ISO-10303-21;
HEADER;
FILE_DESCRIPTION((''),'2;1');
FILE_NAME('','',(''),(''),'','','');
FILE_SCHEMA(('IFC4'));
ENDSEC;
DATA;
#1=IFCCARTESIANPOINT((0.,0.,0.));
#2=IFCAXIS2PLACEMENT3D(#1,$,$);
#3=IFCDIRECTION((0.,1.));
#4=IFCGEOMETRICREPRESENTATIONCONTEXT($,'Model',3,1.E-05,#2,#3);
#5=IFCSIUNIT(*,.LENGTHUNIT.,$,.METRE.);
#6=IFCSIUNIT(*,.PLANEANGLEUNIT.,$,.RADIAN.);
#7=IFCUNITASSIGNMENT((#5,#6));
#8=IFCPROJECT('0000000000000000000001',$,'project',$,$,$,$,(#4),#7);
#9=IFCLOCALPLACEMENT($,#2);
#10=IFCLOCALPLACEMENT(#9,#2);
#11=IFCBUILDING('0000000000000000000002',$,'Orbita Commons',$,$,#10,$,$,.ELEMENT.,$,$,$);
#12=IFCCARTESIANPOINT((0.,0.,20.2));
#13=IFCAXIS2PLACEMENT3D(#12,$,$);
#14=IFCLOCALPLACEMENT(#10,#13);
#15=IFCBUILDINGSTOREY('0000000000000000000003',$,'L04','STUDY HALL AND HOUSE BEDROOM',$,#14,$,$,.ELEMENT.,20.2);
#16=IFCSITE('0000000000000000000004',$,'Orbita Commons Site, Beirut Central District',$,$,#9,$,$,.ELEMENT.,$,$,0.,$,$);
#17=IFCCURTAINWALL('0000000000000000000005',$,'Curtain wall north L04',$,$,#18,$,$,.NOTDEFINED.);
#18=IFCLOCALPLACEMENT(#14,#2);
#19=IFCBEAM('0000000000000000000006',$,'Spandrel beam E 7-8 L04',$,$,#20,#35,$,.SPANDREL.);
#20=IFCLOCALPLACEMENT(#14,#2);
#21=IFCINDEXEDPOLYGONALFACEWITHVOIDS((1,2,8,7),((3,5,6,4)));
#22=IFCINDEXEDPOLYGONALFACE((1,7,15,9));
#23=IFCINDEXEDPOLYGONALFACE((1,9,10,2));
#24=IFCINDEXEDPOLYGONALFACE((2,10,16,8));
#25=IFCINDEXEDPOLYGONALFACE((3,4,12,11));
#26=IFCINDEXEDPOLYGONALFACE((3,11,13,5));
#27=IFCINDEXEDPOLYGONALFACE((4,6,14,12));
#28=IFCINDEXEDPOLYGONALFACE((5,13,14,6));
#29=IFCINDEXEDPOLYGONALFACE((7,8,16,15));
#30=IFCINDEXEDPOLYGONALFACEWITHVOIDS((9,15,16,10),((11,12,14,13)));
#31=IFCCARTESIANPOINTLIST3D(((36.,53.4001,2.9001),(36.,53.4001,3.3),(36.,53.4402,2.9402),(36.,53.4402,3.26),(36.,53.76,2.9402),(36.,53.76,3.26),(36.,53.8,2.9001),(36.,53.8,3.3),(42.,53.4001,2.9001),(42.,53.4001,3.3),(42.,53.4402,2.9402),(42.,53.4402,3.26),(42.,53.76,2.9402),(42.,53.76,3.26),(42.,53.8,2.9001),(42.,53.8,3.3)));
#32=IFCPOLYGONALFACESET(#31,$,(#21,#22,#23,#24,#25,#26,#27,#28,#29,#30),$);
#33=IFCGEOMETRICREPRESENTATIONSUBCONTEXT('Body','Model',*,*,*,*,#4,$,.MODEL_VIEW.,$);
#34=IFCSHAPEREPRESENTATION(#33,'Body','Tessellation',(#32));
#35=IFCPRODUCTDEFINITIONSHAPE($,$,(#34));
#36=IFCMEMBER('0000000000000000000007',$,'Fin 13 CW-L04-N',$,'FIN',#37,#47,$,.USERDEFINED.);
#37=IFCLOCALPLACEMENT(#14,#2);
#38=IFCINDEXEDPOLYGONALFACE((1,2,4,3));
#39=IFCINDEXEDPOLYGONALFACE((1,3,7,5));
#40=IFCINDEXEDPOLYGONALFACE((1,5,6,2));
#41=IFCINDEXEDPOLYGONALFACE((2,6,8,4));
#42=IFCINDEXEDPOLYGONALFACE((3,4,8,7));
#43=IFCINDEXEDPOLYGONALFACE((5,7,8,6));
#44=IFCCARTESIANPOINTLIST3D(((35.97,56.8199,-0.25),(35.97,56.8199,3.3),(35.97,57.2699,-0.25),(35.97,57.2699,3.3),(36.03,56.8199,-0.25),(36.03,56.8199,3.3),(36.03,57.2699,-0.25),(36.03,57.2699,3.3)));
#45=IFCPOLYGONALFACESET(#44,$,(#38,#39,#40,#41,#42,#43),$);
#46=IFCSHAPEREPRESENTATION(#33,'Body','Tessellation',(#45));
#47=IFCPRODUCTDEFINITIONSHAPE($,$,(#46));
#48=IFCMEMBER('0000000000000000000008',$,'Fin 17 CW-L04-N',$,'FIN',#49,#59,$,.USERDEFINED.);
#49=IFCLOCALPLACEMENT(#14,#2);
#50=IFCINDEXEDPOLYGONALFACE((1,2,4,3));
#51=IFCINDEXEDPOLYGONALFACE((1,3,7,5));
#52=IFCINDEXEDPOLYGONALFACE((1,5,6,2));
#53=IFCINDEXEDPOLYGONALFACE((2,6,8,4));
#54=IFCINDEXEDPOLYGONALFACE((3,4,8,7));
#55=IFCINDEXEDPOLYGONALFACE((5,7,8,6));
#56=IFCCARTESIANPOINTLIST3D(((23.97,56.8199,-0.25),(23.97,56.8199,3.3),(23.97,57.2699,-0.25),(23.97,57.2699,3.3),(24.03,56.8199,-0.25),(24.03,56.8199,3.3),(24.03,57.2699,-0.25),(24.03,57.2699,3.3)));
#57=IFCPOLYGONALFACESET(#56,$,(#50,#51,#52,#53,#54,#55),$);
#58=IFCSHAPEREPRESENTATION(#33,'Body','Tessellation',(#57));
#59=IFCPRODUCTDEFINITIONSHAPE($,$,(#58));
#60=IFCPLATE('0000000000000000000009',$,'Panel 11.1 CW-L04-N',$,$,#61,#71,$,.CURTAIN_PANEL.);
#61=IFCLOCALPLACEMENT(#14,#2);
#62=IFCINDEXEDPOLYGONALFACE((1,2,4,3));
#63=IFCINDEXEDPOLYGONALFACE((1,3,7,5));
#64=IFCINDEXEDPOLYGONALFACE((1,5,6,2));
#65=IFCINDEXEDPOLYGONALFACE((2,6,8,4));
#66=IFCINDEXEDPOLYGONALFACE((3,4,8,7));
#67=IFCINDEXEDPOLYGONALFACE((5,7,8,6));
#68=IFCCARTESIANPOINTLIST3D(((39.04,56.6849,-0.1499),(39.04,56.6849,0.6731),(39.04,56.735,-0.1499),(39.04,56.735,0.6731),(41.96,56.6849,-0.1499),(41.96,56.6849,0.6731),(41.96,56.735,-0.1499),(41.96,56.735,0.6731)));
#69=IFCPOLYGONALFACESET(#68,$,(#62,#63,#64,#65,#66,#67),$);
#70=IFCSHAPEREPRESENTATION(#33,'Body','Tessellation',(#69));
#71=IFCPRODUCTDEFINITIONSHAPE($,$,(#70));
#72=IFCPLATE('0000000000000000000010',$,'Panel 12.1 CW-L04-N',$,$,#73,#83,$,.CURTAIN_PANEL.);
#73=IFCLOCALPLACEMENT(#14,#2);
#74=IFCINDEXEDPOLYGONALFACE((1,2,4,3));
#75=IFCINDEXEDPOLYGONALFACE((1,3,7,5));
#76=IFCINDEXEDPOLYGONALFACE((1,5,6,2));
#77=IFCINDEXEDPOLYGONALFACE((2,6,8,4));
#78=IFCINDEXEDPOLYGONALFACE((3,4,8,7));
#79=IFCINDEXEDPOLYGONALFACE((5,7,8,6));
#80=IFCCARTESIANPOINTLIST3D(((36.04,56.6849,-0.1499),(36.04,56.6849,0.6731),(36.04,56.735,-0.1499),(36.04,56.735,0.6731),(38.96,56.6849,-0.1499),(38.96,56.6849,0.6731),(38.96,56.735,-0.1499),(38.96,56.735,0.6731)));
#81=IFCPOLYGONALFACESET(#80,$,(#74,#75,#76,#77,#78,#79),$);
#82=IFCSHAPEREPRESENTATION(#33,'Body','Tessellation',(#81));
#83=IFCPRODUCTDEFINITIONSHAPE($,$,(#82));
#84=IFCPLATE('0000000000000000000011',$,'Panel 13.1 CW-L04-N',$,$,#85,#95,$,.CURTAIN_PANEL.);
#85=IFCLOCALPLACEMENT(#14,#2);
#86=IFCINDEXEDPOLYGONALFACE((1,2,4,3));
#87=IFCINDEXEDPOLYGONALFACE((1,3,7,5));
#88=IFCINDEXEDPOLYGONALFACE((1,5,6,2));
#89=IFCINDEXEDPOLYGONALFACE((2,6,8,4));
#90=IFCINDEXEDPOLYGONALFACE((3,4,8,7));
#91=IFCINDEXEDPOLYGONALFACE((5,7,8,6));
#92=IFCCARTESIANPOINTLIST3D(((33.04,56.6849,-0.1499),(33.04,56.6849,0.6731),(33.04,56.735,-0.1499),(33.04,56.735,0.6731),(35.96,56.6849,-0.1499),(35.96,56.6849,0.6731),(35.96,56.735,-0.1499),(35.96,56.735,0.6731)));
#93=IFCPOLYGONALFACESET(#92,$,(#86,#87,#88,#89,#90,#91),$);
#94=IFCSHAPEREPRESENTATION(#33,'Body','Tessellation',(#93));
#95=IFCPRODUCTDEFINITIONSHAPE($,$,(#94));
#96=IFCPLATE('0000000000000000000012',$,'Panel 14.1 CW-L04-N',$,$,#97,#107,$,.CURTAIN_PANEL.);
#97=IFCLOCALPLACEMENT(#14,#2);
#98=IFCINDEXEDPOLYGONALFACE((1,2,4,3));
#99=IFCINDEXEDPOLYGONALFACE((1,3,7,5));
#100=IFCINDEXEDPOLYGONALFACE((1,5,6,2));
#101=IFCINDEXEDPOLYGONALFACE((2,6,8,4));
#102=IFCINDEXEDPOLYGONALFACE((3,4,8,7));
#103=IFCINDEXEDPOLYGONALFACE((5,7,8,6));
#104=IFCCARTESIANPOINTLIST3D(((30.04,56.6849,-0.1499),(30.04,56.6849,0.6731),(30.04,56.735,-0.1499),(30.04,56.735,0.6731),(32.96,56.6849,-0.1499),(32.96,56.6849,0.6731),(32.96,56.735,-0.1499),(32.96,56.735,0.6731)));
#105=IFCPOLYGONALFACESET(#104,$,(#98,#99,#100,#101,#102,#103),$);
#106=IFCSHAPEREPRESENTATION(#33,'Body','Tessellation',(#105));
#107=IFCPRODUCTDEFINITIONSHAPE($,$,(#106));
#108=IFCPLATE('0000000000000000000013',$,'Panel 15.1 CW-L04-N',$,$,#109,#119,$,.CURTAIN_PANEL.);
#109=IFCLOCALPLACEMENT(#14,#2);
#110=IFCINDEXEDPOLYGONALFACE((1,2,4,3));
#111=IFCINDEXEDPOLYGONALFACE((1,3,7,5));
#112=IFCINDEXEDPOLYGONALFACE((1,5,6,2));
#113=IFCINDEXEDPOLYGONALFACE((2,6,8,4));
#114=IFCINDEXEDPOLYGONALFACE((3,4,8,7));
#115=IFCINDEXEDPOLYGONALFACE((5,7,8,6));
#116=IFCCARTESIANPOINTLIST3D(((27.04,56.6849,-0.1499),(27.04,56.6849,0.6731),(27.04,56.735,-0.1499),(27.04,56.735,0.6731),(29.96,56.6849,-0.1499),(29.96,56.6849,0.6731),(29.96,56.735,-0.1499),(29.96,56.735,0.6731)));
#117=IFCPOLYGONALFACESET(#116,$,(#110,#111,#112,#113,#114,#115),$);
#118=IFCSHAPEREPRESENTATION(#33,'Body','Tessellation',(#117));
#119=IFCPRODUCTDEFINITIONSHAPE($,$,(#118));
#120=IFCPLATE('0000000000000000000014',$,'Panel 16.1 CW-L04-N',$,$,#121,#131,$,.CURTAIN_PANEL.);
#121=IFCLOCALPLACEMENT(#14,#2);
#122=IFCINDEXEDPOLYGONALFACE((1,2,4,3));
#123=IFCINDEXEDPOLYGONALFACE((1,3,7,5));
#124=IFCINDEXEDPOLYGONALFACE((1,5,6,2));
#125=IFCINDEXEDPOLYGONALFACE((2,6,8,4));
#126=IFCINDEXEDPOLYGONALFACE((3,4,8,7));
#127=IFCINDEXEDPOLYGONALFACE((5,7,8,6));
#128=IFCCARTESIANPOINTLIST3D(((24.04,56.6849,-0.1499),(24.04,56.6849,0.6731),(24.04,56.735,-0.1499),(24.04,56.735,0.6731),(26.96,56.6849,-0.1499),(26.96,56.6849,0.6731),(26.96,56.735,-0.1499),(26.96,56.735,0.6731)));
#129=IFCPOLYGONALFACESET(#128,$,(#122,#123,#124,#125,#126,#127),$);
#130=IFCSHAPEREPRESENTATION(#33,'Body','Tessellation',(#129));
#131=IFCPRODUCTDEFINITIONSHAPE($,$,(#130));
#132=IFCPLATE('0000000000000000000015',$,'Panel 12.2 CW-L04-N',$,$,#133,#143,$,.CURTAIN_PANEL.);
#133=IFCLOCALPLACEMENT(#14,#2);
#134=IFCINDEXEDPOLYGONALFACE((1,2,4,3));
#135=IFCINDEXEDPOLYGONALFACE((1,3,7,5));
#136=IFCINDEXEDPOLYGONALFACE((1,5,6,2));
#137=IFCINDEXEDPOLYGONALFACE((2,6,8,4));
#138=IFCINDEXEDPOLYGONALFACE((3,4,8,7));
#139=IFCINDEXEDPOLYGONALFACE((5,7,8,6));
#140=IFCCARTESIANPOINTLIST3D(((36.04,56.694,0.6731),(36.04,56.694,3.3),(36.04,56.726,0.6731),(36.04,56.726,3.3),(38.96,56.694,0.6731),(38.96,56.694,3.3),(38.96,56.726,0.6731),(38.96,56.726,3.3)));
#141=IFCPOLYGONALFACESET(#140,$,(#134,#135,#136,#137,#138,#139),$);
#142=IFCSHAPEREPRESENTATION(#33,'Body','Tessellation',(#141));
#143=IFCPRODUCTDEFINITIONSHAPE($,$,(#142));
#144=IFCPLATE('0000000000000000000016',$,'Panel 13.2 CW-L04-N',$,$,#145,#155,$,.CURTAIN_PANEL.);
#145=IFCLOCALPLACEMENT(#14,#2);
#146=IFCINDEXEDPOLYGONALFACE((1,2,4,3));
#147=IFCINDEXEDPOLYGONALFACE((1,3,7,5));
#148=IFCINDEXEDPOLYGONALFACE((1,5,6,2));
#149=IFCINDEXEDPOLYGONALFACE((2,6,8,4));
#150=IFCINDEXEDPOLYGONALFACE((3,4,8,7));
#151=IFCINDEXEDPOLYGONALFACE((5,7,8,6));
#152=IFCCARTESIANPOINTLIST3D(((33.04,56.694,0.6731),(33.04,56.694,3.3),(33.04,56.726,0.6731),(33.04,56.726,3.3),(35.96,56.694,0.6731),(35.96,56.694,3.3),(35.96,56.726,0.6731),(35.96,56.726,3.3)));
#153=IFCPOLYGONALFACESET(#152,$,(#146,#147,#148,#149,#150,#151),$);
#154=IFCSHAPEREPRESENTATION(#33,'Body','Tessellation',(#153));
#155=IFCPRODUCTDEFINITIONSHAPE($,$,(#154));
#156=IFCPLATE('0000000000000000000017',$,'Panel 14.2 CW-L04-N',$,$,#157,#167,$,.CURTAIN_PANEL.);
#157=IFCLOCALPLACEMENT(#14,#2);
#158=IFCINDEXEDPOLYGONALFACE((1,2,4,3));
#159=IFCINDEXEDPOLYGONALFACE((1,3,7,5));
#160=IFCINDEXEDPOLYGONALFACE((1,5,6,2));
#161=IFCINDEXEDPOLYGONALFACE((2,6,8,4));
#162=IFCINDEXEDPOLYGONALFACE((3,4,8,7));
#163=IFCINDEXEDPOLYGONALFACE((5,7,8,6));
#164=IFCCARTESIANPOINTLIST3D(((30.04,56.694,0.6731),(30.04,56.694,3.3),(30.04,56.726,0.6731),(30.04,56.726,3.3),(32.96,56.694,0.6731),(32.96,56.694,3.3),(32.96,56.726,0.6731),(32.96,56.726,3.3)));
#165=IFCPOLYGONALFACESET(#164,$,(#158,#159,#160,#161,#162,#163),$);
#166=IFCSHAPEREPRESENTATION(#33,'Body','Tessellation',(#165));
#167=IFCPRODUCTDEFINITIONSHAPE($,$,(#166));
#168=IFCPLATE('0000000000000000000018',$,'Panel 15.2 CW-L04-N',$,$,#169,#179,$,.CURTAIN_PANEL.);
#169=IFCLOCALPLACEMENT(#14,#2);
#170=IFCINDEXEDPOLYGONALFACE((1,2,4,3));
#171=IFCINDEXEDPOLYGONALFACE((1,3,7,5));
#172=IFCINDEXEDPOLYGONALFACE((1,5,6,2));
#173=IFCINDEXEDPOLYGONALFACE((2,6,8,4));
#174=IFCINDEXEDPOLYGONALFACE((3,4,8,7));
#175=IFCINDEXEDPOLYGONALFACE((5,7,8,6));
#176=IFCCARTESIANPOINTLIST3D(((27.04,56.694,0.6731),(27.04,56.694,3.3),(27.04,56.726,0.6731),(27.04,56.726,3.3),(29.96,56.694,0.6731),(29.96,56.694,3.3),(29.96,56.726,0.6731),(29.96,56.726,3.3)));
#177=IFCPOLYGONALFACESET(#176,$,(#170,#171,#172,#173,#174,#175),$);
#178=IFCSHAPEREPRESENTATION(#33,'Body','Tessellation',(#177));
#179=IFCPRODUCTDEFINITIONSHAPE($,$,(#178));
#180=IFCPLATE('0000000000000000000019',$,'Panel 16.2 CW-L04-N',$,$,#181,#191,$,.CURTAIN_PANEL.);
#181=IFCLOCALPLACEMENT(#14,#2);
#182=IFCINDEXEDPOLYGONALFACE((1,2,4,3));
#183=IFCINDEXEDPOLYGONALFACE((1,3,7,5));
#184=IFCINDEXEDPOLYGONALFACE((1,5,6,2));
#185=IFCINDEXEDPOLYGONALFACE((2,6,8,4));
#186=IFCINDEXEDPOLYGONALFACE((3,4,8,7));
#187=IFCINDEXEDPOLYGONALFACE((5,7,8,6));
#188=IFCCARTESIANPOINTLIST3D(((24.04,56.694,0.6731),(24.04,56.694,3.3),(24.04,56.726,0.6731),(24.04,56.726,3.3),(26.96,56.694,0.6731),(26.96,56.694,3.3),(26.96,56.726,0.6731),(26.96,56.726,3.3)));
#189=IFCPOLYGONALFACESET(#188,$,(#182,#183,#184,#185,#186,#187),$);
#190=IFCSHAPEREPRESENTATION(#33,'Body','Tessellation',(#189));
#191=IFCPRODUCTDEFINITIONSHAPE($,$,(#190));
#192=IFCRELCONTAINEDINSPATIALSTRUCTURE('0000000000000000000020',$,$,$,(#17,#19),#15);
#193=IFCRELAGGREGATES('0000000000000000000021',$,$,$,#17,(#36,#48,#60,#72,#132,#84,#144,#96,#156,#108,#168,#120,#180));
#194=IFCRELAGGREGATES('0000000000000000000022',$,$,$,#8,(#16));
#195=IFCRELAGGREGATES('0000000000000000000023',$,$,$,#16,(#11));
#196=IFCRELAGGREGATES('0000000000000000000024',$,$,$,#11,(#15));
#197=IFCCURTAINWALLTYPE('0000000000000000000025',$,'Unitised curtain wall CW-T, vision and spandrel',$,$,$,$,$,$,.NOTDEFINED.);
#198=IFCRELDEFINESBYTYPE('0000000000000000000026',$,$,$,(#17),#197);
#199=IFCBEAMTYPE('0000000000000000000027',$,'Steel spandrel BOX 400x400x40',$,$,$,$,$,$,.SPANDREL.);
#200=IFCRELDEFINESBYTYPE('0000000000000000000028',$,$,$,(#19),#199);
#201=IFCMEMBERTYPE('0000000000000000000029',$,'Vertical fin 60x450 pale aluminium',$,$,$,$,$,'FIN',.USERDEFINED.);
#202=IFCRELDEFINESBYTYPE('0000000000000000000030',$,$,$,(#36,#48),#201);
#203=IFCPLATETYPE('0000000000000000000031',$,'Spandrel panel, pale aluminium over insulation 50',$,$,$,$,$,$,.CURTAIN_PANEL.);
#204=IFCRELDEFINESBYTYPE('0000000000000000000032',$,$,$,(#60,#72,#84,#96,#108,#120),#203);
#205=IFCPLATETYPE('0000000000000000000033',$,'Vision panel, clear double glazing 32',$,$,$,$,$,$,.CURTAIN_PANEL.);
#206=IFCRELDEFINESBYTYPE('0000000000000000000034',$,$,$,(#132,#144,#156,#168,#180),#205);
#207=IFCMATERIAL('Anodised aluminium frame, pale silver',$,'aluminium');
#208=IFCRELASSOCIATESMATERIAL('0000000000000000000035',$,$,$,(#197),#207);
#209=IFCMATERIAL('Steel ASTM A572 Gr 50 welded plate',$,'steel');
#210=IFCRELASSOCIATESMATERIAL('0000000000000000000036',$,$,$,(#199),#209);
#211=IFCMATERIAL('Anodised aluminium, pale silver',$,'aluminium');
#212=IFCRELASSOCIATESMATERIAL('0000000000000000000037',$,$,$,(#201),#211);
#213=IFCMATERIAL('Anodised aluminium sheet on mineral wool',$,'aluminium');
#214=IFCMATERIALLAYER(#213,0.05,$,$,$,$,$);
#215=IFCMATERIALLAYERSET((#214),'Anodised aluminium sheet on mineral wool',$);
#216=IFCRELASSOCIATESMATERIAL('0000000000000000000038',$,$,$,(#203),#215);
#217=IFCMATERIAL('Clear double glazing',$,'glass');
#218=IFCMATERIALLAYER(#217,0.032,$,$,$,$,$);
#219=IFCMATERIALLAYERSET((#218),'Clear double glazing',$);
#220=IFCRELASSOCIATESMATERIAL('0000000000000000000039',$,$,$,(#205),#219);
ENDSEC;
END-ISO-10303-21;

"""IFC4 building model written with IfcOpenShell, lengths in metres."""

from ifc_helpers import new_model, si_unit, direction, frame, origin, origin_2d, place, context, subcontext, project, spatial, rectangle, hollow_rectangle, extrude, material, layer, layer_set, material_profile, profile_set, type_object, element, aggregate, save


model = new_model("IFC4")

# Units and contexts
model_context = context("Model", 3, precision=1e-05, world=origin(), true_north=direction((0.0, 1.0)))
body_context = subcontext(model_context, "Body", "Model", "MODEL_VIEW")
ifc_project = project(units=[si_unit("LENGTHUNIT", "METRE"), si_unit("PLANEANGLEUNIT", "RADIAN")], contexts=[model_context])

# Site, building, storey
site_placement = place(None, origin())
site = spatial("IfcSite", under=ifc_project, at=site_placement, Name="Orbita Commons Site, Beirut Central District", CompositionType="ELEMENT", RefElevation=0.0)
building_placement = place(site_placement, origin())
building = spatial("IfcBuilding", under=site, at=building_placement, Name="Orbita Commons", CompositionType="ELEMENT")
storey_placement = place(building_placement, frame((0.0, 0.0, 20.2)))
storey = spatial("IfcBuildingStorey", under=building, at=storey_placement, Name="L04", Description="STUDY HALL AND HOUSE BEDROOM", CompositionType="ELEMENT", Elevation=20.2)

# Curtain wall
ifc_material_1 = material(Name="Anodised aluminium frame, pale silver", Category="aluminium")
curtain_wall_type = type_object("IfcCurtainWallType", Name="Unitised curtain wall CW-T, vision and spandrel", PredefinedType="NOTDEFINED", material=ifc_material_1)
curtain_wall_placement = place(storey_placement, origin())
curtain_wall = element("IfcCurtainWall", 1, at=curtain_wall_placement, inside=storey, type_object=curtain_wall_type, Name="Curtain wall north L04", PredefinedType="NOTDEFINED")

# Beam
ifc_material_2 = material(Name="Steel ASTM A572 Gr 50 welded plate", Category="steel")
ifc_material_profile_1 = material_profile(ifc_material_2, hollow_rectangle(XDim=0.3999, YDim=0.3999, WallThickness=0.04, at=origin_2d()), Name="BOX 400x400x40")
ifc_profile_set_1 = profile_set([ifc_material_profile_1], Name="Steel ASTM A572 Gr 50 welded plate")
beam_type = type_object("IfcBeamType", Name="Steel spandrel BOX 400x400x40", PredefinedType="SPANDREL", material=ifc_profile_set_1)
for number, where, z_axis, x_axis, name in (
    (2, (36.0, 53.6001, 3.1001), (1.0, 0.0, 0.0), (0.0, 1.0, 0.0), "Spandrel beam E 7-8 L04"),
):
    element("IfcBeam", number, at=place(storey_placement, frame(where, z_axis=z_axis, x_axis=x_axis)), inside=storey, type_object=beam_type, Name=name, PredefinedType="SPANDREL", context=body_context, shape_type="SweptSolid", body=[
        extrude(hollow_rectangle(XDim=0.3999, YDim=0.3999, WallThickness=0.04, at=origin_2d()), origin(), (0.0, 0.0, 1.0), 6.0),
    ])

# Members
ifc_material_3 = material(Name="Anodised aluminium, pale silver", Category="aluminium")
ifc_material_profile_2 = material_profile(ifc_material_3, rectangle(XDim=0.0601, YDim=0.45, at=origin_2d()), Name="FIN 60x450")
ifc_profile_set_2 = profile_set([ifc_material_profile_2], Name="Anodised aluminium, pale silver")
member_type_1 = type_object("IfcMemberType", Name="Vertical fin 60x450 pale aluminium", ElementType="FIN", PredefinedType="USERDEFINED", material=ifc_profile_set_2)
member_1_placement = place(storey_placement, frame((36.0, 57.0449, -0.25), z_axis=(0.0, 0.0, 1.0), x_axis=(-1.0, 0.0, 0.0)))
member_1 = element("IfcMember", 3, at=member_1_placement, type_object=member_type_1, Name="Fin 13 CW-L04-N", ObjectType="FIN", PredefinedType="USERDEFINED", context=body_context, shape_type="SweptSolid", body=[
    extrude(rectangle(XDim=0.0601, YDim=0.45, at=origin_2d()), origin(), (0.0, 0.0, 1.0), 3.55),
])
member_2_placement = place(storey_placement, frame((24.0, 57.0449, -0.25), z_axis=(0.0, 0.0, 1.0), x_axis=(-1.0, 0.0, 0.0)))
member_2 = element("IfcMember", 4, at=member_2_placement, type_object=member_type_1, Name="Fin 17 CW-L04-N", ObjectType="FIN", PredefinedType="USERDEFINED", context=body_context, shape_type="SweptSolid", body=[
    extrude(rectangle(XDim=0.0601, YDim=0.45, at=origin_2d()), origin(), (0.0, 0.0, 1.0), 3.55),
])

# Plates
ifc_material_4 = material(Name="Anodised aluminium sheet on mineral wool", Category="aluminium")
ifc_layer_1 = layer(ifc_material_4, 0.05)
ifc_layer_set_1 = layer_set([ifc_layer_1], Name="Anodised aluminium sheet on mineral wool")
plate_type_1 = type_object("IfcPlateType", Name="Spandrel panel, pale aluminium over insulation 50", PredefinedType="CURTAIN_PANEL", material=ifc_layer_set_1)
plate_1_placement = place(storey_placement, frame((40.5, 56.71, -0.1499), z_axis=(0.0, 0.0, 1.0), x_axis=(-1.0, 0.0, 0.0)))
plate_1 = element("IfcPlate", 5, at=plate_1_placement, type_object=plate_type_1, Name="Panel 11.1 CW-L04-N", PredefinedType="CURTAIN_PANEL", context=body_context, shape_type="SweptSolid", body=[
    extrude(rectangle(XDim=2.9199, YDim=0.05, at=origin_2d()), origin(), (0.0, 0.0, 1.0), 0.823),
])
plate_2_placement = place(storey_placement, frame((37.5, 56.71, -0.1499), z_axis=(0.0, 0.0, 1.0), x_axis=(-1.0, 0.0, 0.0)))
plate_2 = element("IfcPlate", 6, at=plate_2_placement, type_object=plate_type_1, Name="Panel 12.1 CW-L04-N", PredefinedType="CURTAIN_PANEL", context=body_context, shape_type="SweptSolid", body=[
    extrude(rectangle(XDim=2.9199, YDim=0.05, at=origin_2d()), origin(), (0.0, 0.0, 1.0), 0.823),
])
plate_3_placement = place(storey_placement, frame((34.5, 56.71, -0.1499), z_axis=(0.0, 0.0, 1.0), x_axis=(-1.0, 0.0, 0.0)))
plate_3 = element("IfcPlate", 7, at=plate_3_placement, type_object=plate_type_1, Name="Panel 13.1 CW-L04-N", PredefinedType="CURTAIN_PANEL", context=body_context, shape_type="SweptSolid", body=[
    extrude(rectangle(XDim=2.9199, YDim=0.05, at=origin_2d()), origin(), (0.0, 0.0, 1.0), 0.823),
])
plate_4_placement = place(storey_placement, frame((31.5, 56.71, -0.1499), z_axis=(0.0, 0.0, 1.0), x_axis=(-1.0, 0.0, 0.0)))
plate_4 = element("IfcPlate", 8, at=plate_4_placement, type_object=plate_type_1, Name="Panel 14.1 CW-L04-N", PredefinedType="CURTAIN_PANEL", context=body_context, shape_type="SweptSolid", body=[
    extrude(rectangle(XDim=2.9199, YDim=0.05, at=origin_2d()), origin(), (0.0, 0.0, 1.0), 0.823),
])
plate_5_placement = place(storey_placement, frame((28.5, 56.71, -0.1499), z_axis=(0.0, 0.0, 1.0), x_axis=(-1.0, 0.0, 0.0)))
plate_5 = element("IfcPlate", 9, at=plate_5_placement, type_object=plate_type_1, Name="Panel 15.1 CW-L04-N", PredefinedType="CURTAIN_PANEL", context=body_context, shape_type="SweptSolid", body=[
    extrude(rectangle(XDim=2.9199, YDim=0.05, at=origin_2d()), origin(), (0.0, 0.0, 1.0), 0.823),
])
plate_6_placement = place(storey_placement, frame((25.5, 56.71, -0.1499), z_axis=(0.0, 0.0, 1.0), x_axis=(-1.0, 0.0, 0.0)))
plate_6 = element("IfcPlate", 10, at=plate_6_placement, type_object=plate_type_1, Name="Panel 16.1 CW-L04-N", PredefinedType="CURTAIN_PANEL", context=body_context, shape_type="SweptSolid", body=[
    extrude(rectangle(XDim=2.9199, YDim=0.05, at=origin_2d()), origin(), (0.0, 0.0, 1.0), 0.823),
])
ifc_material_5 = material(Name="Clear double glazing", Category="glass")
ifc_layer_2 = layer(ifc_material_5, 0.032)
ifc_layer_set_2 = layer_set([ifc_layer_2], Name="Clear double glazing")
plate_type_2 = type_object("IfcPlateType", Name="Vision panel, clear double glazing 32", PredefinedType="CURTAIN_PANEL", material=ifc_layer_set_2)
plate_7_placement = place(storey_placement, frame((37.5, 56.71, 0.6731), z_axis=(0.0, 0.0, 1.0), x_axis=(-1.0, 0.0, 0.0)))
plate_7 = element("IfcPlate", 11, at=plate_7_placement, type_object=plate_type_2, Name="Panel 12.2 CW-L04-N", PredefinedType="CURTAIN_PANEL", context=body_context, shape_type="SweptSolid", body=[
    extrude(rectangle(XDim=2.9199, YDim=0.032, at=origin_2d()), origin(), (0.0, 0.0, 1.0), 2.627),
])
plate_8_placement = place(storey_placement, frame((34.5, 56.71, 0.6731), z_axis=(0.0, 0.0, 1.0), x_axis=(-1.0, 0.0, 0.0)))
plate_8 = element("IfcPlate", 12, at=plate_8_placement, type_object=plate_type_2, Name="Panel 13.2 CW-L04-N", PredefinedType="CURTAIN_PANEL", context=body_context, shape_type="SweptSolid", body=[
    extrude(rectangle(XDim=2.9199, YDim=0.032, at=origin_2d()), origin(), (0.0, 0.0, 1.0), 2.627),
])
plate_9_placement = place(storey_placement, frame((31.5, 56.71, 0.6731), z_axis=(0.0, 0.0, 1.0), x_axis=(-1.0, 0.0, 0.0)))
plate_9 = element("IfcPlate", 13, at=plate_9_placement, type_object=plate_type_2, Name="Panel 14.2 CW-L04-N", PredefinedType="CURTAIN_PANEL", context=body_context, shape_type="SweptSolid", body=[
    extrude(rectangle(XDim=2.9199, YDim=0.032, at=origin_2d()), origin(), (0.0, 0.0, 1.0), 2.627),
])
plate_10_placement = place(storey_placement, frame((28.5, 56.71, 0.6731), z_axis=(0.0, 0.0, 1.0), x_axis=(-1.0, 0.0, 0.0)))
plate_10 = element("IfcPlate", 14, at=plate_10_placement, type_object=plate_type_2, Name="Panel 15.2 CW-L04-N", PredefinedType="CURTAIN_PANEL", context=body_context, shape_type="SweptSolid", body=[
    extrude(rectangle(XDim=2.9199, YDim=0.032, at=origin_2d()), origin(), (0.0, 0.0, 1.0), 2.627),
])
plate_11_placement = place(storey_placement, frame((25.5, 56.71, 0.6731), z_axis=(0.0, 0.0, 1.0), x_axis=(-1.0, 0.0, 0.0)))
plate_11 = element("IfcPlate", 15, at=plate_11_placement, type_object=plate_type_2, Name="Panel 16.2 CW-L04-N", PredefinedType="CURTAIN_PANEL", context=body_context, shape_type="SweptSolid", body=[
    extrude(rectangle(XDim=2.9199, YDim=0.032, at=origin_2d()), origin(), (0.0, 0.0, 1.0), 2.627),
])
aggregate(curtain_wall, [member_1, member_2, plate_1, plate_2, plate_7, plate_3, plate_8, plate_4, plate_9, plate_5, plate_10, plate_6, plate_11])

save(model, "model.ifc")
